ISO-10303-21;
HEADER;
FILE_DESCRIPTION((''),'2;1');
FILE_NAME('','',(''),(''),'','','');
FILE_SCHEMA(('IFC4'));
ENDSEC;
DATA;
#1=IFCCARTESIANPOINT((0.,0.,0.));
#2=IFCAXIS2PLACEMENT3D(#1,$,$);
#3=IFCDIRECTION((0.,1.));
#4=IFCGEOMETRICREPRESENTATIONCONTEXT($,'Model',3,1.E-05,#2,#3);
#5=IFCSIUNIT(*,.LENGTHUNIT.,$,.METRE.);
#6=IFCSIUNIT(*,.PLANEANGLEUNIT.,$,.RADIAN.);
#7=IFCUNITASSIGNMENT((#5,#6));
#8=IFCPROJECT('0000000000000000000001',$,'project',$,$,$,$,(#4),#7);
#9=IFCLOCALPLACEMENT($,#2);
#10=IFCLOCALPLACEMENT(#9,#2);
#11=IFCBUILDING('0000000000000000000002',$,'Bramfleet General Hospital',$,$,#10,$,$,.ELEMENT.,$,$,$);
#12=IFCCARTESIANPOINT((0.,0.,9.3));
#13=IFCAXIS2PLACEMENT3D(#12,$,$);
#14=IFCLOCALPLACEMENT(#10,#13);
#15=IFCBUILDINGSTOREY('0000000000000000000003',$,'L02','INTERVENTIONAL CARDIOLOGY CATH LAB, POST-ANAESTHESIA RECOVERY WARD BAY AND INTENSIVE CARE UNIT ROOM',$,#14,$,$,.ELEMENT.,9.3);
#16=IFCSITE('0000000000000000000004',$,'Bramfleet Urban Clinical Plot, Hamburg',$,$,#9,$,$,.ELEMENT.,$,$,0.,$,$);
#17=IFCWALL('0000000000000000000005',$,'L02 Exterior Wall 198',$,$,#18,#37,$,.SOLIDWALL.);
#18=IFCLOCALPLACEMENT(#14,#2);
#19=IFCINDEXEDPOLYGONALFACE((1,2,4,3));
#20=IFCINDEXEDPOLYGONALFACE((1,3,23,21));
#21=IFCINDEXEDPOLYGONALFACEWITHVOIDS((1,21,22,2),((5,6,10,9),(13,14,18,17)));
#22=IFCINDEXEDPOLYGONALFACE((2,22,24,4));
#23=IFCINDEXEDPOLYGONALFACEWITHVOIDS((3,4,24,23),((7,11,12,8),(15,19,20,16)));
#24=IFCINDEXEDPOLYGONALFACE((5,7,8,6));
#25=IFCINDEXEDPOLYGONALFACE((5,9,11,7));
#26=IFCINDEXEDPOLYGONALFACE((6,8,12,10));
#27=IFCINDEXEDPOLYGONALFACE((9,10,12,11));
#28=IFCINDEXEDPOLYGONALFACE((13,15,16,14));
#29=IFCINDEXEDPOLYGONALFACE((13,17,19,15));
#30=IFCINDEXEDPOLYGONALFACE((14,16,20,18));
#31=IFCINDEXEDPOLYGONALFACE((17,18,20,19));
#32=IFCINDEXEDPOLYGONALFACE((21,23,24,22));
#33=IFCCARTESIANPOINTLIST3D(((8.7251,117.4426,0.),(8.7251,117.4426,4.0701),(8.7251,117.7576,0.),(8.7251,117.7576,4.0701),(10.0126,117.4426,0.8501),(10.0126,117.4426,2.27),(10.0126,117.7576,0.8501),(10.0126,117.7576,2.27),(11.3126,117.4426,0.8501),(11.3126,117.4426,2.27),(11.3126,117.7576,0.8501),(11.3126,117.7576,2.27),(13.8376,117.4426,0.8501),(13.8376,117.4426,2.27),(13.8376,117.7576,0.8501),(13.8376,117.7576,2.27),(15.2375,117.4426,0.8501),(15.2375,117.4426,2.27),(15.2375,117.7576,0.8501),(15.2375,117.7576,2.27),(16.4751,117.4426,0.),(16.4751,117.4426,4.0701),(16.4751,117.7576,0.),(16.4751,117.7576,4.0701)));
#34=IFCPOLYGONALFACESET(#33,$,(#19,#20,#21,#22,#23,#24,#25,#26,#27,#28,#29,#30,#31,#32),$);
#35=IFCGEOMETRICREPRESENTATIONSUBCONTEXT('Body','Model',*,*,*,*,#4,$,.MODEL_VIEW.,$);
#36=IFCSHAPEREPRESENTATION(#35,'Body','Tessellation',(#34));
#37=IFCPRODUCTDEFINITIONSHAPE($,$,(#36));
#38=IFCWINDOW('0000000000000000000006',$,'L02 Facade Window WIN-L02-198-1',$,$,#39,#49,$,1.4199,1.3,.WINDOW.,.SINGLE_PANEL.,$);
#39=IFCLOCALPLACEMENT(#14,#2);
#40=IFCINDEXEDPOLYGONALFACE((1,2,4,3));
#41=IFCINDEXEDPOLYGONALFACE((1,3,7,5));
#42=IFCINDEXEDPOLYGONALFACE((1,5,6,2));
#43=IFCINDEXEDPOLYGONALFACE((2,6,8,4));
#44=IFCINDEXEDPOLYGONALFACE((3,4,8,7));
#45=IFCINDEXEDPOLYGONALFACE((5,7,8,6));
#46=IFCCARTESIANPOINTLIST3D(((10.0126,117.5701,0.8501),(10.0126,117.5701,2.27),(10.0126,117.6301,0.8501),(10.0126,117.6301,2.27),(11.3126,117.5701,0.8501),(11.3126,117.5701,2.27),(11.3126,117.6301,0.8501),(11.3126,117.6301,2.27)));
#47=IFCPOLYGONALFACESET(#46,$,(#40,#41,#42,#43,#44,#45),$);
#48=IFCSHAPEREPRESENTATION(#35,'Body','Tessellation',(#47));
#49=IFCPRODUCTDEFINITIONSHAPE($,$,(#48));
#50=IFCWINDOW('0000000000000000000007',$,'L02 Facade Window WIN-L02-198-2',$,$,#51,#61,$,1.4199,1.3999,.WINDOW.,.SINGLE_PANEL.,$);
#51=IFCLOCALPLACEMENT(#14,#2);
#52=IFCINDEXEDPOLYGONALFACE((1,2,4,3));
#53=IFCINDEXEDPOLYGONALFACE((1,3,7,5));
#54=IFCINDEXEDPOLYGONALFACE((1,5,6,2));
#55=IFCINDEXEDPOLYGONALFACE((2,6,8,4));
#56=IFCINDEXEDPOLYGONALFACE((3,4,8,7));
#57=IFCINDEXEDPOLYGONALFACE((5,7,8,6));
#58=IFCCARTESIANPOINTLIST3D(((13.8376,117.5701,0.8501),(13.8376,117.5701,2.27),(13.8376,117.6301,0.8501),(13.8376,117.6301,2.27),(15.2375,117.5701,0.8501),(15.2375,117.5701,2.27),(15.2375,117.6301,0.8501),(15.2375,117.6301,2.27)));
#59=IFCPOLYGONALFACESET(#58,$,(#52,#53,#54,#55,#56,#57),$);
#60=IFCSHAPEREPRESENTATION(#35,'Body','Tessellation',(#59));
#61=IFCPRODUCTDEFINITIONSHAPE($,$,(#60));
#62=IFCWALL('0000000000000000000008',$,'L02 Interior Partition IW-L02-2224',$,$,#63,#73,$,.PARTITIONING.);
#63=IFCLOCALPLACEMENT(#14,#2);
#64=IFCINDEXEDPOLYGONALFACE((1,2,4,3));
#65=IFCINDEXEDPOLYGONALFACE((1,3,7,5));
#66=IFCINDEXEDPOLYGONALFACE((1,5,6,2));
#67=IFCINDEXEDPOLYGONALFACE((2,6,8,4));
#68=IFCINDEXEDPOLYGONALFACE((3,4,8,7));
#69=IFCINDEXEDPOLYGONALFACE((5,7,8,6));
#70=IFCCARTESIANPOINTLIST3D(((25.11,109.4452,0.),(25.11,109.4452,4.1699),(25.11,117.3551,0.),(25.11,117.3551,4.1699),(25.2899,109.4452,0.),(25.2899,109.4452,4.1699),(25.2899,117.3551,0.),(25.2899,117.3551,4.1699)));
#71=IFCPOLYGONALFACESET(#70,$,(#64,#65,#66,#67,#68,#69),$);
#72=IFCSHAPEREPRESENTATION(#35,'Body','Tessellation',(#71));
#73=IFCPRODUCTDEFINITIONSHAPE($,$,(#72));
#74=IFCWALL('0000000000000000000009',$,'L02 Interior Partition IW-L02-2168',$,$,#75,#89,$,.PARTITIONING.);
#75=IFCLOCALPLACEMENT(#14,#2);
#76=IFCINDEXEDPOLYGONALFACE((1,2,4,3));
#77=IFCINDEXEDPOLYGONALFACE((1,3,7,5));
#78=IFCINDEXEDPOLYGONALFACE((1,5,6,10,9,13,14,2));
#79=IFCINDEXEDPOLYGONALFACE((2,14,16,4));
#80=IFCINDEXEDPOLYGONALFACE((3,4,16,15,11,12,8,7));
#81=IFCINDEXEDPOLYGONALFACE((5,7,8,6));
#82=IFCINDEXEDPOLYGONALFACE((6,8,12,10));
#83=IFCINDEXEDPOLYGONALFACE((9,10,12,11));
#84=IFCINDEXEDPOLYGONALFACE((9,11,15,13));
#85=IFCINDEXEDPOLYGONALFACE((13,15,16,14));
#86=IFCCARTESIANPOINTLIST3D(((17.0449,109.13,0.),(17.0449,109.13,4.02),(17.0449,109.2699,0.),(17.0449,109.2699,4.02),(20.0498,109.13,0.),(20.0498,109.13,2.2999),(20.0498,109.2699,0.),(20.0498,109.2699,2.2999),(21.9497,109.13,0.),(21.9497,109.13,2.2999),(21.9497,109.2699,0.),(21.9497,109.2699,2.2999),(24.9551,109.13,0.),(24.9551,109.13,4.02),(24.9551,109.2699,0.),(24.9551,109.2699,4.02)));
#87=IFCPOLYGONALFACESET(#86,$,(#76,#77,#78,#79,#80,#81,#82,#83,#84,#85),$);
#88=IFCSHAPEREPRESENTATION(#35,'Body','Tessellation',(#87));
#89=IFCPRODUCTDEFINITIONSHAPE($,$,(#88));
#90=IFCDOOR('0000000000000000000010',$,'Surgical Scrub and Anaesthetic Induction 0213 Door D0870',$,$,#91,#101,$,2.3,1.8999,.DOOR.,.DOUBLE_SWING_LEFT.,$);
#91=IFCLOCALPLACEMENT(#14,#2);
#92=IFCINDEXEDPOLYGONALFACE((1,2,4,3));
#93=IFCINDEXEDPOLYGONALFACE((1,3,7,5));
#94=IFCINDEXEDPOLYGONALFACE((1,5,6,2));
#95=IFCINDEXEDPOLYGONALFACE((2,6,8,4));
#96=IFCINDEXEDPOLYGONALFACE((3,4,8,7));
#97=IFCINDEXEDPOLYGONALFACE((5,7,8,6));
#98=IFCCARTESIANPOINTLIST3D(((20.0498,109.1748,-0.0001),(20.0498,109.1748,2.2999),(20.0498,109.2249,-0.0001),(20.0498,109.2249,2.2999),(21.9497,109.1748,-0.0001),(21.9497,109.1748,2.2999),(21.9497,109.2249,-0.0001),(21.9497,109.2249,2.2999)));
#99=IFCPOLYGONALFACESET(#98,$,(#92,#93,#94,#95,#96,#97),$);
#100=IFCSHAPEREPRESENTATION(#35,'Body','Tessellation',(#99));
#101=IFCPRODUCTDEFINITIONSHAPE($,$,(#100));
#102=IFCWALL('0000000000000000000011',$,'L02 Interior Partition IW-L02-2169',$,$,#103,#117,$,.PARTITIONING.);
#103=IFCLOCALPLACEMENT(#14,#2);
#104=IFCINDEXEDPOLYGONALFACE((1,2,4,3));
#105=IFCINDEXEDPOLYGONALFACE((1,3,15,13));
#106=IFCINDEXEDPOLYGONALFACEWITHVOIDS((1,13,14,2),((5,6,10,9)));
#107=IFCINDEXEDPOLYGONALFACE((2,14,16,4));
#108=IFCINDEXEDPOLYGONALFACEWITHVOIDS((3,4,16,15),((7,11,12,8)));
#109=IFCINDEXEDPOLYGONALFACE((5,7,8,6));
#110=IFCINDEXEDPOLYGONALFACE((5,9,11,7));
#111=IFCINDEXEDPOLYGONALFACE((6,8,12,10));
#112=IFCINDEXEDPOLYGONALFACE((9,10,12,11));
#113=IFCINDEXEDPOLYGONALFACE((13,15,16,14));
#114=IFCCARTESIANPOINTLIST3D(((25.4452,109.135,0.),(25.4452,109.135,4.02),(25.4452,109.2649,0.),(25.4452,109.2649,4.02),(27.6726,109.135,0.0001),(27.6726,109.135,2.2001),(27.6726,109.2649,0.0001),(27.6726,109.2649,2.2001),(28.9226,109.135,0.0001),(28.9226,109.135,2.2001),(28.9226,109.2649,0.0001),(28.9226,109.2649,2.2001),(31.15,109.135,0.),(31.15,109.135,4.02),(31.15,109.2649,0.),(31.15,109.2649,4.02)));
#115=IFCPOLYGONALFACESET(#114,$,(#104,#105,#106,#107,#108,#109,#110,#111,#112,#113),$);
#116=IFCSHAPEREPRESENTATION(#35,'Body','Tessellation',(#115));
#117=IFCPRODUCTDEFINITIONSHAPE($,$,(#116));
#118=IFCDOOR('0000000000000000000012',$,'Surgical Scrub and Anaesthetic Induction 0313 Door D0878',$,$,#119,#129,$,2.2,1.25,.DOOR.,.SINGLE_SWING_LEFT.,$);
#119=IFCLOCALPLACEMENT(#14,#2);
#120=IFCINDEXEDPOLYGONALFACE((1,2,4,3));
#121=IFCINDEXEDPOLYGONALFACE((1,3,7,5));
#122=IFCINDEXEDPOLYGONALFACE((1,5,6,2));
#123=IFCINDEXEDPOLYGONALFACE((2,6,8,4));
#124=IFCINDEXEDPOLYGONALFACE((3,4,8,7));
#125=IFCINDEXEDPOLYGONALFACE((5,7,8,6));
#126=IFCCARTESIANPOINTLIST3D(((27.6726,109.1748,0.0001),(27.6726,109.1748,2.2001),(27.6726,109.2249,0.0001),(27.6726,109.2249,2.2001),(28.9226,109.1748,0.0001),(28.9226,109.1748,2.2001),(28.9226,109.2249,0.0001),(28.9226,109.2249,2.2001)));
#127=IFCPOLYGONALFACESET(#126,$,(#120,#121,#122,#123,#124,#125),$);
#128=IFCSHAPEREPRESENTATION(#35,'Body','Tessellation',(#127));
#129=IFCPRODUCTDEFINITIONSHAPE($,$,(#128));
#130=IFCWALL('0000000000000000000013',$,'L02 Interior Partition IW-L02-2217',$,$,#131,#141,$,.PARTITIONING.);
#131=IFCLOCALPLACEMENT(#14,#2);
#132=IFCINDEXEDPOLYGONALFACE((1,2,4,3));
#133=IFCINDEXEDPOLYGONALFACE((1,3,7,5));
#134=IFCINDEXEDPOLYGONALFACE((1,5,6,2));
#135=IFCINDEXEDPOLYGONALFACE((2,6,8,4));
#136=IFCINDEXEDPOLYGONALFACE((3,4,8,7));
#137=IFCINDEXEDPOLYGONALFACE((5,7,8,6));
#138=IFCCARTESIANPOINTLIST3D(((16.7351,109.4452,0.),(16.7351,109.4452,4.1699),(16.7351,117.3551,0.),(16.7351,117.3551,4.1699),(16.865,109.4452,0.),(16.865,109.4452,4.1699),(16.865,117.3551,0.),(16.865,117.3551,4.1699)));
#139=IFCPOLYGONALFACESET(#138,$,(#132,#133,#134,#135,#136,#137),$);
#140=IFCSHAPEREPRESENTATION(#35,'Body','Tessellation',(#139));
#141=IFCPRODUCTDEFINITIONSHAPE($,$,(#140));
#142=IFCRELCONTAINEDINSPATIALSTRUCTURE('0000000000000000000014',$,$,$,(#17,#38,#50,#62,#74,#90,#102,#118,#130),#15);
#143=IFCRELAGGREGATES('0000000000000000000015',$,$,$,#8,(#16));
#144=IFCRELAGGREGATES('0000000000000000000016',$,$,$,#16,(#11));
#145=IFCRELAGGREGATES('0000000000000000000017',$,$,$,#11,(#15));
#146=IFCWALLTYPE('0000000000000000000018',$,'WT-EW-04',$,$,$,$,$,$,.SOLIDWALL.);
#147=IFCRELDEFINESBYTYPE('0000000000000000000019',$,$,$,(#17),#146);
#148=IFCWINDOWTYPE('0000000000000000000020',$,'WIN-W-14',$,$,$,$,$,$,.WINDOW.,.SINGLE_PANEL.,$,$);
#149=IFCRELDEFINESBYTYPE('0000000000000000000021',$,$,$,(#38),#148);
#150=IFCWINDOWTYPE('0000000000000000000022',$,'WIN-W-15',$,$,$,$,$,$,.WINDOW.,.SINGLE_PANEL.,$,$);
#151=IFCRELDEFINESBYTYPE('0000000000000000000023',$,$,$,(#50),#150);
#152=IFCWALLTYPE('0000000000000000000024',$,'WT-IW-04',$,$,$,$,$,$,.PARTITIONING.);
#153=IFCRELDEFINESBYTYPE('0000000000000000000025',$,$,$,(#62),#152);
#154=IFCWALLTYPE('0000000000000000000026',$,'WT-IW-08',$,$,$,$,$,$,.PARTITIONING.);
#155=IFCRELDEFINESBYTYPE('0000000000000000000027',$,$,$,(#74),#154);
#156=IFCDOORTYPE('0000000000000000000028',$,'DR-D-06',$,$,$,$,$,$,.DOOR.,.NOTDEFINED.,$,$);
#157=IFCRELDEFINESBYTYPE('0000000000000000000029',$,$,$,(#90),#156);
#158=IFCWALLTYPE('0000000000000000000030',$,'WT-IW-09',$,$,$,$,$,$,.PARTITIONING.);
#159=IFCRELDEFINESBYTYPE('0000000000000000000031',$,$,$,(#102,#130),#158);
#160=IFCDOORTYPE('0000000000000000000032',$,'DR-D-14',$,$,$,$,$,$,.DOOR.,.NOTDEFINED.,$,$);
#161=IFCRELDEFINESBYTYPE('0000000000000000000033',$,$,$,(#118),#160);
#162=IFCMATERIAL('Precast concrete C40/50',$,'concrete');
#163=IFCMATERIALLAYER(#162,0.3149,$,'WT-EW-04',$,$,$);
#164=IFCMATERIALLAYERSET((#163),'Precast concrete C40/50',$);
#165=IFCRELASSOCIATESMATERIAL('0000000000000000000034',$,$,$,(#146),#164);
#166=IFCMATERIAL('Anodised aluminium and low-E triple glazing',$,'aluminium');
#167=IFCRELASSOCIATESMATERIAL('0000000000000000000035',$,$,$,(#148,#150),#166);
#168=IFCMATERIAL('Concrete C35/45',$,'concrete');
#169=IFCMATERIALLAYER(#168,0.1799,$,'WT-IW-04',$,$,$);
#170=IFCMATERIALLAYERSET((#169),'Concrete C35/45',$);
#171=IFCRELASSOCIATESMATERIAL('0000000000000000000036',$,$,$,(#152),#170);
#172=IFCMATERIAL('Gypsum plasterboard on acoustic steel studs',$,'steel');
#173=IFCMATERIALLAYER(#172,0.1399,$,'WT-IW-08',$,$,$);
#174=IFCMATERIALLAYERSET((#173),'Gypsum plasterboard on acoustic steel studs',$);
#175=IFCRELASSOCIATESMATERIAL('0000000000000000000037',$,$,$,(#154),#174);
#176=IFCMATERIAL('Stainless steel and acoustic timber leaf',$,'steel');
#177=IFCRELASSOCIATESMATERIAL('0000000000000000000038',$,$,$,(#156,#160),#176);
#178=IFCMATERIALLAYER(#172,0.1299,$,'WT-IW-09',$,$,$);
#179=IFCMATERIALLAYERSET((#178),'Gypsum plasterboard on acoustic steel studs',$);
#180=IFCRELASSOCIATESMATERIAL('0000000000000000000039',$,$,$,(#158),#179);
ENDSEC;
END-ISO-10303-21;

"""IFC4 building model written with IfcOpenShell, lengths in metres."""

from ifc_helpers import new_model, si_unit, direction, frame, frame_2d, origin, place, context, subcontext, project, spatial, rectangle, extrude, material, layer, layer_set, type_object, element, fill, save


model = new_model("IFC4")

# Units and contexts
model_context = context("Model", 3, precision=1e-05, world=origin(), true_north=direction((0.0, 1.0)))
body_context = subcontext(model_context, "Body", "Model", "MODEL_VIEW")
ifc_project = project(units=[si_unit("LENGTHUNIT", "METRE"), si_unit("PLANEANGLEUNIT", "RADIAN")], contexts=[model_context])

# Site, building, storey
site_placement = place(None, origin())
site = spatial("IfcSite", under=ifc_project, at=site_placement, Name="Bramfleet Urban Clinical Plot, Hamburg", CompositionType="ELEMENT", RefElevation=0.0)
building_placement = place(site_placement, origin())
building = spatial("IfcBuilding", under=site, at=building_placement, Name="Bramfleet General Hospital", CompositionType="ELEMENT")
storey_placement = place(building_placement, frame((0.0, 0.0, 9.3)))
storey = spatial("IfcBuildingStorey", under=building, at=storey_placement, Name="L02", Description="INTERVENTIONAL CARDIOLOGY CATH LAB, POST-ANAESTHESIA RECOVERY WARD BAY AND INTENSIVE CARE UNIT ROOM", CompositionType="ELEMENT", Elevation=9.3)

# Shared definitions
ifc_material_1 = material(Name="Concrete C35/45", Category="concrete")

# Wall, openings, windows
ifc_material_2 = material(Name="Precast concrete C40/50", Category="concrete")
ifc_layer_1 = layer(ifc_material_2, 0.3149, Name="WT-EW-04")
ifc_layer_set_1 = layer_set([ifc_layer_1], Name="Precast concrete C40/50")
wall_type_1 = type_object("IfcWallType", Name="WT-EW-04", PredefinedType="SOLIDWALL", material=ifc_layer_set_1)
wall_1_placement = place(storey_placement, frame((8.7251, 117.6001, 0.0), z_axis=(0.0, 0.0, 1.0), x_axis=(1.0, 0.0, 0.0)))
wall_1 = element("IfcWall", 1, at=wall_1_placement, inside=storey, type_object=wall_type_1, Name="L02 Exterior Wall 198", PredefinedType="SOLIDWALL", context=body_context, shape_type="SweptSolid", body=[
    extrude(rectangle(XDim=7.75, YDim=0.3149, at=frame_2d((3.875, 0.0))), origin(), (0.0, 0.0, 1.0), 4.0701),
])
opening_1_placement = place(wall_1_placement, frame((1.2876, 0.0, 0.8501)))
opening_1 = element("IfcOpeningElement", 2, at=opening_1_placement, cuts=wall_1, PredefinedType="OPENING", context=body_context, shape_type="SweptSolid", body=[
    extrude(rectangle(XDim=1.3, YDim=1.4199, at=frame_2d((0.6499, 0.71))), frame((0.0, 0.1675, 0.0), z_axis=(0.0, -1.0, 0.0), x_axis=(1.0, 0.0, 0.0)), (0.0, 0.0, 1.0), 0.335),
])
opening_2_placement = place(wall_1_placement, frame((5.1125, 0.0, 0.8501)))
opening_2 = element("IfcOpeningElement", 3, at=opening_2_placement, cuts=wall_1, PredefinedType="OPENING", context=body_context, shape_type="SweptSolid", body=[
    extrude(rectangle(XDim=1.3999, YDim=1.4199, at=frame_2d((0.7, 0.71))), frame((0.0, 0.1675, 0.0), z_axis=(0.0, -1.0, 0.0), x_axis=(1.0, 0.0, 0.0)), (0.0, 0.0, 1.0), 0.335),
])
ifc_material_3 = material(Name="Anodised aluminium and low-E triple glazing", Category="aluminium")
window_type_1 = type_object("IfcWindowType", Name="WIN-W-14", PartitioningType="SINGLE_PANEL", PredefinedType="WINDOW", material=ifc_material_3)
window_1_placement = place(opening_1_placement, origin())
window_1 = element("IfcWindow", 4, at=window_1_placement, inside=storey, type_object=window_type_1, Name="L02 Facade Window WIN-L02-198-1", OverallHeight=1.4199, OverallWidth=1.3, PartitioningType="SINGLE_PANEL", PredefinedType="WINDOW", context=body_context, shape_type="SweptSolid", body=[
    extrude(rectangle(XDim=1.3, YDim=1.4199, at=frame_2d((0.6499, 0.71))), frame((0.0, 0.03, 0.0), z_axis=(0.0, -1.0, 0.0), x_axis=(1.0, 0.0, 0.0)), (0.0, 0.0, 1.0), 0.0601),
])
fill(opening_1, window_1)
window_type_2 = type_object("IfcWindowType", Name="WIN-W-15", PartitioningType="SINGLE_PANEL", PredefinedType="WINDOW", material=ifc_material_3)
window_2_placement = place(opening_2_placement, origin())
window_2 = element("IfcWindow", 5, at=window_2_placement, inside=storey, type_object=window_type_2, Name="L02 Facade Window WIN-L02-198-2", OverallHeight=1.4199, OverallWidth=1.3999, PartitioningType="SINGLE_PANEL", PredefinedType="WINDOW", context=body_context, shape_type="SweptSolid", body=[
    extrude(rectangle(XDim=1.3999, YDim=1.4199, at=frame_2d((0.7, 0.71))), frame((0.0, 0.03, 0.0), z_axis=(0.0, -1.0, 0.0), x_axis=(1.0, 0.0, 0.0)), (0.0, 0.0, 1.0), 0.0601),
])
fill(opening_2, window_2)

# Wall
ifc_layer_2 = layer(ifc_material_1, 0.1799, Name="WT-IW-04")
ifc_layer_set_2 = layer_set([ifc_layer_2], Name="Concrete C35/45")
wall_type_2 = type_object("IfcWallType", Name="WT-IW-04", PredefinedType="PARTITIONING", material=ifc_layer_set_2)
wall_2_placement = place(storey_placement, frame((25.2, 109.4451, 0.0), z_axis=(0.0, 0.0, 1.0), x_axis=(0.0, 1.0, 0.0)))
element("IfcWall", 6, at=wall_2_placement, inside=storey, type_object=wall_type_2, Name="L02 Interior Partition IW-L02-2224", PredefinedType="PARTITIONING", context=body_context, shape_type="SweptSolid", body=[
    extrude(rectangle(XDim=7.9099, YDim=0.1799, at=frame_2d((3.9551, 0.0))), origin(), (0.0, 0.0, 1.0), 4.1699),
])

# Walls, openings, doors
ifc_material_4 = material(Name="Gypsum plasterboard on acoustic steel studs", Category="steel")
ifc_layer_3 = layer(ifc_material_4, 0.1399, Name="WT-IW-08")
ifc_layer_set_3 = layer_set([ifc_layer_3], Name="Gypsum plasterboard on acoustic steel studs")
wall_type_3 = type_object("IfcWallType", Name="WT-IW-08", PredefinedType="PARTITIONING", material=ifc_layer_set_3)
wall_3_placement = place(storey_placement, frame((17.0449, 109.2, 0.0), z_axis=(0.0, 0.0, 1.0), x_axis=(1.0, 0.0, 0.0)))
wall_3 = element("IfcWall", 7, at=wall_3_placement, inside=storey, type_object=wall_type_3, Name="L02 Interior Partition IW-L02-2168", PredefinedType="PARTITIONING", context=body_context, shape_type="SweptSolid", body=[
    extrude(rectangle(XDim=7.9102, YDim=0.1399, at=frame_2d((3.9551, 0.0))), origin(), (0.0, 0.0, 1.0), 4.02),
])
opening_3_placement = place(wall_3_placement, frame((3.0049, 0.0, 0.0)))
opening_3 = element("IfcOpeningElement", 8, at=opening_3_placement, cuts=wall_3, PredefinedType="OPENING", context=body_context, shape_type="SweptSolid", body=[
    extrude(rectangle(XDim=1.8999, YDim=2.3, at=frame_2d((0.95, 1.1499))), frame((0.0, 0.0798, 0.0), z_axis=(0.0, -1.0, 0.0), x_axis=(1.0, 0.0, 0.0)), (0.0, 0.0, 1.0), 0.1599),
])
ifc_material_5 = material(Name="Stainless steel and acoustic timber leaf", Category="steel")
door_type_1 = type_object("IfcDoorType", Name="DR-D-06", OperationType="NOTDEFINED", PredefinedType="DOOR", material=ifc_material_5)
door_1_placement = place(opening_3_placement, origin())
door_1 = element("IfcDoor", 9, at=door_1_placement, inside=storey, type_object=door_type_1, Name="Surgical Scrub and Anaesthetic Induction 0213 Door D0870", OperationType="DOUBLE_SWING_LEFT", OverallHeight=2.3, OverallWidth=1.8999, PredefinedType="DOOR", context=body_context, shape_type="SweptSolid", body=[
    extrude(rectangle(XDim=1.8999, YDim=2.3, at=frame_2d((0.95, 1.1499))), frame((0.0, 0.0249, 0.0), z_axis=(0.0, -1.0, 0.0), x_axis=(1.0, 0.0, 0.0)), (0.0, 0.0, 1.0), 0.05),
])
fill(opening_3, door_1)
ifc_layer_4 = layer(ifc_material_4, 0.1299, Name="WT-IW-09")
ifc_layer_set_4 = layer_set([ifc_layer_4], Name="Gypsum plasterboard on acoustic steel studs")
wall_type_4 = type_object("IfcWallType", Name="WT-IW-09", PredefinedType="PARTITIONING", material=ifc_layer_set_4)
wall_4_placement = place(storey_placement, frame((25.4451, 109.2, 0.0), z_axis=(0.0, 0.0, 1.0), x_axis=(1.0, 0.0, 0.0)))
wall_4 = element("IfcWall", 10, at=wall_4_placement, inside=storey, type_object=wall_type_4, Name="L02 Interior Partition IW-L02-2169", PredefinedType="PARTITIONING", context=body_context, shape_type="SweptSolid", body=[
    extrude(rectangle(XDim=5.7048, YDim=0.1299, at=frame_2d((2.8525, 0.0))), origin(), (0.0, 0.0, 1.0), 4.02),
])
opening_4_placement = place(wall_4_placement, frame((2.2275, 0.0, 0.0)))
opening_4 = element("IfcOpeningElement", 11, at=opening_4_placement, cuts=wall_4, PredefinedType="OPENING", context=body_context, shape_type="SweptSolid", body=[
    extrude(rectangle(XDim=1.25, YDim=2.2, at=frame_2d((0.625, 1.1001))), frame((0.0, 0.075, 0.0), z_axis=(0.0, -1.0, 0.0), x_axis=(1.0, 0.0, 0.0)), (0.0, 0.0, 1.0), 0.1499),
])
door_type_2 = type_object("IfcDoorType", Name="DR-D-14", OperationType="NOTDEFINED", PredefinedType="DOOR", material=ifc_material_5)
door_2_placement = place(opening_4_placement, origin())
door_2 = element("IfcDoor", 12, at=door_2_placement, inside=storey, type_object=door_type_2, Name="Surgical Scrub and Anaesthetic Induction 0313 Door D0878", OperationType="SINGLE_SWING_LEFT", OverallHeight=2.2, OverallWidth=1.25, PredefinedType="DOOR", context=body_context, shape_type="SweptSolid", body=[
    extrude(rectangle(XDim=1.25, YDim=2.2, at=frame_2d((0.625, 1.1001))), frame((0.0, 0.0249, 0.0), z_axis=(0.0, -1.0, 0.0), x_axis=(1.0, 0.0, 0.0)), (0.0, 0.0, 1.0), 0.05),
])
fill(opening_4, door_2)

# Wall
wall_5_placement = place(storey_placement, frame((16.8, 109.4451, 0.0), z_axis=(0.0, 0.0, 1.0), x_axis=(0.0, 1.0, 0.0)))
element("IfcWall", 13, at=wall_5_placement, inside=storey, type_object=wall_type_4, Name="L02 Interior Partition IW-L02-2217", PredefinedType="PARTITIONING", context=body_context, shape_type="SweptSolid", body=[
    extrude(rectangle(XDim=7.9099, YDim=0.1299, at=frame_2d((3.9551, 0.0))), origin(), (0.0, 0.0, 1.0), 4.1699),
])

save(model, "model.ifc")
